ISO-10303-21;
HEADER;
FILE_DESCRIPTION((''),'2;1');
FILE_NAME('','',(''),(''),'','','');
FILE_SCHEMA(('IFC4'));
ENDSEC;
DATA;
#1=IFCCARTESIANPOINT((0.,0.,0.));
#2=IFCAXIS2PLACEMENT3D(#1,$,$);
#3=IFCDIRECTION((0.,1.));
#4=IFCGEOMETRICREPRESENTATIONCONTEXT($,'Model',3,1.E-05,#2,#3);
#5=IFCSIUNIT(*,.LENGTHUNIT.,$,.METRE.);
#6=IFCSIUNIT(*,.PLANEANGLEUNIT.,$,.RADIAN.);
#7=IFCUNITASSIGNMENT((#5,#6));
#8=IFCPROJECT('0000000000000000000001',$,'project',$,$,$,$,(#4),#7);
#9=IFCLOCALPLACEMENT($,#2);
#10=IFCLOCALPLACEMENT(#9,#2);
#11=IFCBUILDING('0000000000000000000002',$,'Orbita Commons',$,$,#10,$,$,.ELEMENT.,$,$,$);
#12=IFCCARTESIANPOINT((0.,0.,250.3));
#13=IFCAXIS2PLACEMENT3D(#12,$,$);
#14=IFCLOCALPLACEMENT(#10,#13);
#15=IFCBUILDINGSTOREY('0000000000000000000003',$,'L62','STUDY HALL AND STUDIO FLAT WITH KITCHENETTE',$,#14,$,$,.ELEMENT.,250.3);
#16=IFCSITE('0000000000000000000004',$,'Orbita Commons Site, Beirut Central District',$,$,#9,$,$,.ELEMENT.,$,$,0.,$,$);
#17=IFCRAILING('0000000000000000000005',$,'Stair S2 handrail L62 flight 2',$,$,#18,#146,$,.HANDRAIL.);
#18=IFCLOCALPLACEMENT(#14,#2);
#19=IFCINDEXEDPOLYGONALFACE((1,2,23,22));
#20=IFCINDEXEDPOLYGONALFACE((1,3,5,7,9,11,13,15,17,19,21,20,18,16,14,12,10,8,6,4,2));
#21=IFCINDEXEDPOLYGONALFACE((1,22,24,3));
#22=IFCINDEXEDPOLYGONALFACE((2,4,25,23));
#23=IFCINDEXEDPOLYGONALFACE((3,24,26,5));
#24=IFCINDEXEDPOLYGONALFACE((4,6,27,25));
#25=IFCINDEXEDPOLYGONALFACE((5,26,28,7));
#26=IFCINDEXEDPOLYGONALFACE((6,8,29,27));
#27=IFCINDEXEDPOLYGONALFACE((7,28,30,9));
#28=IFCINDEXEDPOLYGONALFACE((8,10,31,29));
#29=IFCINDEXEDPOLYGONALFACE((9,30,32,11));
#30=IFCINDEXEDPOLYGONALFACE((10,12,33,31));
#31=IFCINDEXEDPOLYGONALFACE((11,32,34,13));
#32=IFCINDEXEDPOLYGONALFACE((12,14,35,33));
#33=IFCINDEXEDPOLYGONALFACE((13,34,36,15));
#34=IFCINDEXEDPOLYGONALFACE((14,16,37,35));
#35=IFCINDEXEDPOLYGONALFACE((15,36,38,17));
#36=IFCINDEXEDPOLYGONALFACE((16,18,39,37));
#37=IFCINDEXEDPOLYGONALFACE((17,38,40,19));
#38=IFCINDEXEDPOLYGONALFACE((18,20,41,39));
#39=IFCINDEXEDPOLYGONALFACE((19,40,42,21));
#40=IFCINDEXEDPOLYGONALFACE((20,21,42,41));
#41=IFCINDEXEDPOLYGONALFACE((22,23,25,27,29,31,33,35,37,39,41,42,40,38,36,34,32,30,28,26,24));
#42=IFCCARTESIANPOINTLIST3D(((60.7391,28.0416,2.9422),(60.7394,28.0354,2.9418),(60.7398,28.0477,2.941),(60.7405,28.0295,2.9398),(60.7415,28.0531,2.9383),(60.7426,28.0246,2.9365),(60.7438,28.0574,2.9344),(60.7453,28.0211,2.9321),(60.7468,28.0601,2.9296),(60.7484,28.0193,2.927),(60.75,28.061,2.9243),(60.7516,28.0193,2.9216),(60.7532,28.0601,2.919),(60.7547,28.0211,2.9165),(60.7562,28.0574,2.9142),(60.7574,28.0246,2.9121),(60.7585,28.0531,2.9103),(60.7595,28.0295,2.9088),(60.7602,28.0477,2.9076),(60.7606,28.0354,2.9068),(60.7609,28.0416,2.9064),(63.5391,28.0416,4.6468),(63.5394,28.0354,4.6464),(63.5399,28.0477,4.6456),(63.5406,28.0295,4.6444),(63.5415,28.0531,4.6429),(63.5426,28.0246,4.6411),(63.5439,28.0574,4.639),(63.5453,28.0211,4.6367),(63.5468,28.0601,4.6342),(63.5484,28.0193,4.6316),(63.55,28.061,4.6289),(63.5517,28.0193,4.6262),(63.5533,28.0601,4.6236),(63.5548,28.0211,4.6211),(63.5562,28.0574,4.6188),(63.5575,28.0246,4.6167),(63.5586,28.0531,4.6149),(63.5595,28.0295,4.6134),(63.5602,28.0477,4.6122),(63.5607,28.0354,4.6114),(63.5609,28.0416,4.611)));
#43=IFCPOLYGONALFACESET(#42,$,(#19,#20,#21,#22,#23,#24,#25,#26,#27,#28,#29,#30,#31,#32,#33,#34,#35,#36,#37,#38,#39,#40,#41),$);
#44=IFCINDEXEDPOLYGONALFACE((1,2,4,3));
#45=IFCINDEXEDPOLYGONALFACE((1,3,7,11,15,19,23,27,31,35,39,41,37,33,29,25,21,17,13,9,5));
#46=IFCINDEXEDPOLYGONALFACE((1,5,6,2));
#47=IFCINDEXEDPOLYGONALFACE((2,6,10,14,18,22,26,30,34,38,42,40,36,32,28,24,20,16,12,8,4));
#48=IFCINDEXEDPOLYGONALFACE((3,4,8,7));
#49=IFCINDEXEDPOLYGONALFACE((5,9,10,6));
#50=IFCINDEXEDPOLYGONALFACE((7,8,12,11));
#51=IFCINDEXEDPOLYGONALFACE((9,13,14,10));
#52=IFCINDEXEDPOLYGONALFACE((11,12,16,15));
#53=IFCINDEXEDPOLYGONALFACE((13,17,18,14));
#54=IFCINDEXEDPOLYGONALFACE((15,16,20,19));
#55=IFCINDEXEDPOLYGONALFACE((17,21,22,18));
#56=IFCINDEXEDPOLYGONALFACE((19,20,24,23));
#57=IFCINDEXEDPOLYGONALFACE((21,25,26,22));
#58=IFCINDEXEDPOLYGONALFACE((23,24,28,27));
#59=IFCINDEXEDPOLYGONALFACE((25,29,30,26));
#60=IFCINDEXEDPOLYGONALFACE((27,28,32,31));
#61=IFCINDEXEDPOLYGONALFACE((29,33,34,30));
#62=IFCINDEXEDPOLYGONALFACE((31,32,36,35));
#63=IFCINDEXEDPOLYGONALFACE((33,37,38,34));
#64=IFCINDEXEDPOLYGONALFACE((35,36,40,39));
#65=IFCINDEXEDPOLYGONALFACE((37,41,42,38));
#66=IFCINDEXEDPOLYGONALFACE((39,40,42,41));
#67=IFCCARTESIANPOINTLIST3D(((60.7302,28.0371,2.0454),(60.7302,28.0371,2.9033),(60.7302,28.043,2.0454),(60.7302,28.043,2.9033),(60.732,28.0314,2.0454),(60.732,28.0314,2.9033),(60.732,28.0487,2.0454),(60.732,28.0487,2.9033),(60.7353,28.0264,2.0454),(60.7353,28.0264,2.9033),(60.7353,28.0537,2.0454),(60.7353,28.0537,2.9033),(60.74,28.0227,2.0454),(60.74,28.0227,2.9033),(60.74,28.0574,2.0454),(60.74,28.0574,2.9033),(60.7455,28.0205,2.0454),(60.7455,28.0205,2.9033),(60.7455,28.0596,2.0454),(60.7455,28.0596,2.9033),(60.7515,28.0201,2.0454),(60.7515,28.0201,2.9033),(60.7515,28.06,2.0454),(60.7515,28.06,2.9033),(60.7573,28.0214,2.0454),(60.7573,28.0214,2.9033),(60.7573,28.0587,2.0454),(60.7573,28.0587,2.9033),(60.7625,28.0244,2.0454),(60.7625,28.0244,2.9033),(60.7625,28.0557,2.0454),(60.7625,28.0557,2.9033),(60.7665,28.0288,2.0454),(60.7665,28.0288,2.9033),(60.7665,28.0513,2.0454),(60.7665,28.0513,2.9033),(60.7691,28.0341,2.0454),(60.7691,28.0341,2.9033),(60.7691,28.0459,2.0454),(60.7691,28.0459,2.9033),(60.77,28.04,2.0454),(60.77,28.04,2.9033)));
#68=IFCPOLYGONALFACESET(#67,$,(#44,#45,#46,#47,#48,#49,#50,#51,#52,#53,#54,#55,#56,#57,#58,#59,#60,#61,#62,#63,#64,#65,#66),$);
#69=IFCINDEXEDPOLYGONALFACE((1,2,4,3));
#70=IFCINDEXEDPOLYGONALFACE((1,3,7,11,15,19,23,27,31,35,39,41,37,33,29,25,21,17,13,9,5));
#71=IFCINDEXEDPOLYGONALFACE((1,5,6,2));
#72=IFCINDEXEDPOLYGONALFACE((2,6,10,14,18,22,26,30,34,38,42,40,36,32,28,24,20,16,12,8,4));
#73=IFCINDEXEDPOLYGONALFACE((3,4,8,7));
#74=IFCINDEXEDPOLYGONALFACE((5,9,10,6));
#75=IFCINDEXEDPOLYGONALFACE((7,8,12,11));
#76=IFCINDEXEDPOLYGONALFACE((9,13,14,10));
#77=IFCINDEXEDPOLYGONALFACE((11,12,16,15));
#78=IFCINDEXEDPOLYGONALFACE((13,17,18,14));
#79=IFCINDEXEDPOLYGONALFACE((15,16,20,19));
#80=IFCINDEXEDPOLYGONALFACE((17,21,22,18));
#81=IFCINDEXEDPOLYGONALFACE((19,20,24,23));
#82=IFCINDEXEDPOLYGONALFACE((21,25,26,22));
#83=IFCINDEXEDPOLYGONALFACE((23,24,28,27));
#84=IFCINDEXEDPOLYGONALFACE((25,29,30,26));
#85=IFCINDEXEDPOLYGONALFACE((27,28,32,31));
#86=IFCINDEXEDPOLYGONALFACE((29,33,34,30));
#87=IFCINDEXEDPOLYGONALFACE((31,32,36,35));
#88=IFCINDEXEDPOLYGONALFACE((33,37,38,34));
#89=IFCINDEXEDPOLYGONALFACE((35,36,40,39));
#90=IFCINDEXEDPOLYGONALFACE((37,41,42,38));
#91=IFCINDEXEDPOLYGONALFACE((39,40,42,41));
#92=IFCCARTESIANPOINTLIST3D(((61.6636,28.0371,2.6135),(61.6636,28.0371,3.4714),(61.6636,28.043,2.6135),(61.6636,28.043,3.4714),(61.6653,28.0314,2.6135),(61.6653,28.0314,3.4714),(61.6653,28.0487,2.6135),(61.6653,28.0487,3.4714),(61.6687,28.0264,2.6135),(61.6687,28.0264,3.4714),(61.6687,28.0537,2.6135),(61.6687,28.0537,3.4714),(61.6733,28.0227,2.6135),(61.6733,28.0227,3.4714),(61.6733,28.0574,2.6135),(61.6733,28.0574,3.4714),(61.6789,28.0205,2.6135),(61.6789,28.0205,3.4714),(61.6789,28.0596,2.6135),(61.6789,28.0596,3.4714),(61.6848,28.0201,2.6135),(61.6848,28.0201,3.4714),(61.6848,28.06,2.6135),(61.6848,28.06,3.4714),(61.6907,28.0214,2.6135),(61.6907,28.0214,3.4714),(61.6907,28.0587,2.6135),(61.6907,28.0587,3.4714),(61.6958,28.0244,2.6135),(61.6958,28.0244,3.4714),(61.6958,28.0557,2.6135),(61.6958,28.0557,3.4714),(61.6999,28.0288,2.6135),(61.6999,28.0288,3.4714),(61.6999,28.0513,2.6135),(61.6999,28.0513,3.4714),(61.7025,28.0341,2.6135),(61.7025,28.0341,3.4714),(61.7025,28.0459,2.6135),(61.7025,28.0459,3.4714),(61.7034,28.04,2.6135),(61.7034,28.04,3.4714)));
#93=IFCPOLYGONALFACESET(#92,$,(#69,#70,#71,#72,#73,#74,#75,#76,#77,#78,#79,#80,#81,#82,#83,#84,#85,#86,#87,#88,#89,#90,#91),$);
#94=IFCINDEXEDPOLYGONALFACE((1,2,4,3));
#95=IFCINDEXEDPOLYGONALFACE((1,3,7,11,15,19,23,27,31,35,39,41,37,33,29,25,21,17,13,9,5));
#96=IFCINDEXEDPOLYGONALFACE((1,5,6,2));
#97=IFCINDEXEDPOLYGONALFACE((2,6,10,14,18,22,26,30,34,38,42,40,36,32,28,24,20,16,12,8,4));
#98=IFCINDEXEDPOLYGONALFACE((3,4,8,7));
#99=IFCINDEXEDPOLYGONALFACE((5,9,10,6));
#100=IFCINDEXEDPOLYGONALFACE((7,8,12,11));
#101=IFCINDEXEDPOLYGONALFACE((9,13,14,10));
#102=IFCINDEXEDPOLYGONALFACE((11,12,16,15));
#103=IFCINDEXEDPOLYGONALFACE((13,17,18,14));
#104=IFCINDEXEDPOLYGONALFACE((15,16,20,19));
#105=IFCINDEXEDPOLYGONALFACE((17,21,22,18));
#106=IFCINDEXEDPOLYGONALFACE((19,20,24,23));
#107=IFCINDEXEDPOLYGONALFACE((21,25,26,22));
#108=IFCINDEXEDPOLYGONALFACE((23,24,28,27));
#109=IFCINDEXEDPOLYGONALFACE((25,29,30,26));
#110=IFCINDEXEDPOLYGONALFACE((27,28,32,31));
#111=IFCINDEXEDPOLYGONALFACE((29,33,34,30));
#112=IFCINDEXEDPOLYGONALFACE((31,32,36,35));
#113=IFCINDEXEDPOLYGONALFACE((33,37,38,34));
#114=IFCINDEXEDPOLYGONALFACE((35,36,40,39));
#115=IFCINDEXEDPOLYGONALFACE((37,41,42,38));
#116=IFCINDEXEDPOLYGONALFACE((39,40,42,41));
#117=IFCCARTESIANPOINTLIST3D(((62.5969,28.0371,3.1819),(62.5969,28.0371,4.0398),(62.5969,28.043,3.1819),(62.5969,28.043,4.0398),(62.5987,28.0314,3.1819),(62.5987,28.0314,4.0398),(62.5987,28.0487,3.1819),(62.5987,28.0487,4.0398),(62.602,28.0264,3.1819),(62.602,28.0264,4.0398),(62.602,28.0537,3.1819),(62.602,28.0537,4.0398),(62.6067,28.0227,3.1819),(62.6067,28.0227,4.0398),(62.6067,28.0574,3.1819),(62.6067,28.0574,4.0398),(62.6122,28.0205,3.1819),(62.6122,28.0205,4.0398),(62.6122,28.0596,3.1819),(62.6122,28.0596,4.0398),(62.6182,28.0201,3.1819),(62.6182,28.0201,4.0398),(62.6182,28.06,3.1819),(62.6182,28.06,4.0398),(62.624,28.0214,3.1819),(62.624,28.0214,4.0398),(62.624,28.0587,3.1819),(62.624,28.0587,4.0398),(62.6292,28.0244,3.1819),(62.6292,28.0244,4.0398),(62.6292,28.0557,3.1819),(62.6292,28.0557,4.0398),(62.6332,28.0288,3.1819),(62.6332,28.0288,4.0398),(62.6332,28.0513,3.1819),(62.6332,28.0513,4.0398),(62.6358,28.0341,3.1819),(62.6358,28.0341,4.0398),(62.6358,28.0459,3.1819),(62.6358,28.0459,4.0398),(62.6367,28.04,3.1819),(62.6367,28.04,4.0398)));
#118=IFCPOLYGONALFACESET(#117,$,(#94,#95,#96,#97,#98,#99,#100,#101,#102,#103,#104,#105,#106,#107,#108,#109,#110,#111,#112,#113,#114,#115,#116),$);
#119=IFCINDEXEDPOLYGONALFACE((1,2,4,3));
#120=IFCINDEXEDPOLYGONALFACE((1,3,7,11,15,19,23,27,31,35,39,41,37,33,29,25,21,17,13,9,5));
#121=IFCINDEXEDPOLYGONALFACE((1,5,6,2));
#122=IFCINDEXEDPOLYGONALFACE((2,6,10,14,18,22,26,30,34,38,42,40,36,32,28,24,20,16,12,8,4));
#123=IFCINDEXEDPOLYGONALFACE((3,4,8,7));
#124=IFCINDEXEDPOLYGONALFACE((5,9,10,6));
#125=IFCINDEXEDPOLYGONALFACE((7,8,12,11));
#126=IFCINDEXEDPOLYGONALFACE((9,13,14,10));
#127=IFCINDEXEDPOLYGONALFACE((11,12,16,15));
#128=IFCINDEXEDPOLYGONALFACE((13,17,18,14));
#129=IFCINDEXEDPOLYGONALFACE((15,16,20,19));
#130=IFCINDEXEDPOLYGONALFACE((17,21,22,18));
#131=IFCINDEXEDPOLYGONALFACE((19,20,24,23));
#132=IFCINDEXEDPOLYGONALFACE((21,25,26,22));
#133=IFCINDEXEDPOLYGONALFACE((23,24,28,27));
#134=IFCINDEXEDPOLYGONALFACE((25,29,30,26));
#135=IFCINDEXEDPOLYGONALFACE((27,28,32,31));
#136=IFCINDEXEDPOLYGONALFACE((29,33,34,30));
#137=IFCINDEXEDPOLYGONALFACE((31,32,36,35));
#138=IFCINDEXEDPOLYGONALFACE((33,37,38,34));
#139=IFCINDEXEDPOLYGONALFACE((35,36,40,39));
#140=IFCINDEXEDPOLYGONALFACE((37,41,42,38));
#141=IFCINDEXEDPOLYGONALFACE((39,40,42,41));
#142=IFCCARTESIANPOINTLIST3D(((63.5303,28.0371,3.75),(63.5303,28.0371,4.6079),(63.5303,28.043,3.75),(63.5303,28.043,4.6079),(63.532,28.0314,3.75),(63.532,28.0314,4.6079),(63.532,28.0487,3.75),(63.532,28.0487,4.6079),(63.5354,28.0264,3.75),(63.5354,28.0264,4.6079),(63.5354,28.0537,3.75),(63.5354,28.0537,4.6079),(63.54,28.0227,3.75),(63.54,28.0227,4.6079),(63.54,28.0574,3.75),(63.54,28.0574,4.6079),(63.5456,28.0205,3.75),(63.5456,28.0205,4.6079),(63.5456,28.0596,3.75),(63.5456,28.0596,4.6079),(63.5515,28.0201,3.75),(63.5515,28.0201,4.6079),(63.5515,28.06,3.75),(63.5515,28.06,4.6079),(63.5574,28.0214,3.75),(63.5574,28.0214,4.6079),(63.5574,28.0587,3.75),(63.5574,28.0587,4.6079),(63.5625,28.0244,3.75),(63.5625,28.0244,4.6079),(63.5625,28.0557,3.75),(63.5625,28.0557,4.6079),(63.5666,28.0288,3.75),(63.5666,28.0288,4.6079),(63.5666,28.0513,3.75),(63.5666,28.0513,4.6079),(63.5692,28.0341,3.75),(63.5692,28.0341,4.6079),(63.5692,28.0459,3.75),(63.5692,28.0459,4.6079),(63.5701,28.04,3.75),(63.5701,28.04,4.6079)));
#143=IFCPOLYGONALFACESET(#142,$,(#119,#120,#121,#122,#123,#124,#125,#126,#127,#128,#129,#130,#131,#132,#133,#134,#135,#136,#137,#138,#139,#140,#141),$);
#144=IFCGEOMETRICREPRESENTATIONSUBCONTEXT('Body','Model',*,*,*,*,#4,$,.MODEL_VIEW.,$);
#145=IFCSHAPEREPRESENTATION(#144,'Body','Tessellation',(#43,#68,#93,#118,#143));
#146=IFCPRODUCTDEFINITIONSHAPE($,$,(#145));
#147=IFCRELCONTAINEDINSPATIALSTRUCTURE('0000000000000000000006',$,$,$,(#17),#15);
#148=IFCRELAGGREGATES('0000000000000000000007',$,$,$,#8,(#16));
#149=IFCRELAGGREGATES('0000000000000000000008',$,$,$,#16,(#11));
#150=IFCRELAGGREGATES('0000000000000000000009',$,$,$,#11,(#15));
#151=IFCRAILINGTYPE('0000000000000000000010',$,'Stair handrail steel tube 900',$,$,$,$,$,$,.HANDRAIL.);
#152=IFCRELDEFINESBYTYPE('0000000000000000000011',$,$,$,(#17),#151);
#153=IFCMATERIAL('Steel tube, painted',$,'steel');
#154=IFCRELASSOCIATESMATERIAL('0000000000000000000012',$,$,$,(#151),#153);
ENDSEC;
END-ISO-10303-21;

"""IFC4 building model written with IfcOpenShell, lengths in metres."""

from ifc_helpers import new_model, si_unit, direction, frame, origin, origin_2d, place, context, subcontext, project, spatial, circle, extrude, material, type_object, element, save


model = new_model("IFC4")

# Units and contexts
model_context = context("Model", 3, precision=1e-05, world=origin(), true_north=direction((0.0, 1.0)))
body_context = subcontext(model_context, "Body", "Model", "MODEL_VIEW")
ifc_project = project(units=[si_unit("LENGTHUNIT", "METRE"), si_unit("PLANEANGLEUNIT", "RADIAN")], contexts=[model_context])

# Site, building, storey
site_placement = place(None, origin())
site = spatial("IfcSite", under=ifc_project, at=site_placement, Name="Orbita Commons Site, Beirut Central District", CompositionType="ELEMENT", RefElevation=0.0)
building_placement = place(site_placement, origin())
building = spatial("IfcBuilding", under=site, at=building_placement, Name="Orbita Commons", CompositionType="ELEMENT")
storey_placement = place(building_placement, frame((0.0, 0.0, 250.3)))
storey = spatial("IfcBuildingStorey", under=building, at=storey_placement, Name="L62", Description="STUDY HALL AND STUDIO FLAT WITH KITCHENETTE", CompositionType="ELEMENT", Elevation=250.3)

# Railing
ifc_material_1 = material(Name="Steel tube, painted", Category="steel")
railing_type = type_object("IfcRailingType", Name="Stair handrail steel tube 900", PredefinedType="HANDRAIL", material=ifc_material_1)
for number, where, name in (
    (1, (60.75, 28.04, 2.0454), "Stair S2 handrail L62 flight 2"),
):
    element("IfcRailing", number, at=place(storey_placement, frame(where)), inside=storey, type_object=railing_type, Name=name, PredefinedType="HANDRAIL", context=body_context, shape_type="SweptSolid", body=[
        extrude(circle(Radius=0.021, at=origin_2d()), frame((0.0, 0.0, 0.8789), z_axis=(0.85417, 0.0, 0.519994), x_axis=(0.0, 1.0, 0.0)), (0.0, 0.0, 1.0), 3.2781),
        extrude(circle(Radius=0.02, at=origin_2d()), origin(), (0.0, 0.0, 1.0), 0.8579),
        extrude(circle(Radius=0.02, at=origin_2d()), frame((0.9333, 0.0, 0.5681)), (0.0, 0.0, 1.0), 0.8579),
        extrude(circle(Radius=0.02, at=origin_2d()), frame((1.8667, 0.0, 1.1365)), (0.0, 0.0, 1.0), 0.8579),
        extrude(circle(Radius=0.02, at=origin_2d()), frame((2.8, 0.0, 1.7046)), (0.0, 0.0, 1.0), 0.8579),
    ])

save(model, "model.ifc")
